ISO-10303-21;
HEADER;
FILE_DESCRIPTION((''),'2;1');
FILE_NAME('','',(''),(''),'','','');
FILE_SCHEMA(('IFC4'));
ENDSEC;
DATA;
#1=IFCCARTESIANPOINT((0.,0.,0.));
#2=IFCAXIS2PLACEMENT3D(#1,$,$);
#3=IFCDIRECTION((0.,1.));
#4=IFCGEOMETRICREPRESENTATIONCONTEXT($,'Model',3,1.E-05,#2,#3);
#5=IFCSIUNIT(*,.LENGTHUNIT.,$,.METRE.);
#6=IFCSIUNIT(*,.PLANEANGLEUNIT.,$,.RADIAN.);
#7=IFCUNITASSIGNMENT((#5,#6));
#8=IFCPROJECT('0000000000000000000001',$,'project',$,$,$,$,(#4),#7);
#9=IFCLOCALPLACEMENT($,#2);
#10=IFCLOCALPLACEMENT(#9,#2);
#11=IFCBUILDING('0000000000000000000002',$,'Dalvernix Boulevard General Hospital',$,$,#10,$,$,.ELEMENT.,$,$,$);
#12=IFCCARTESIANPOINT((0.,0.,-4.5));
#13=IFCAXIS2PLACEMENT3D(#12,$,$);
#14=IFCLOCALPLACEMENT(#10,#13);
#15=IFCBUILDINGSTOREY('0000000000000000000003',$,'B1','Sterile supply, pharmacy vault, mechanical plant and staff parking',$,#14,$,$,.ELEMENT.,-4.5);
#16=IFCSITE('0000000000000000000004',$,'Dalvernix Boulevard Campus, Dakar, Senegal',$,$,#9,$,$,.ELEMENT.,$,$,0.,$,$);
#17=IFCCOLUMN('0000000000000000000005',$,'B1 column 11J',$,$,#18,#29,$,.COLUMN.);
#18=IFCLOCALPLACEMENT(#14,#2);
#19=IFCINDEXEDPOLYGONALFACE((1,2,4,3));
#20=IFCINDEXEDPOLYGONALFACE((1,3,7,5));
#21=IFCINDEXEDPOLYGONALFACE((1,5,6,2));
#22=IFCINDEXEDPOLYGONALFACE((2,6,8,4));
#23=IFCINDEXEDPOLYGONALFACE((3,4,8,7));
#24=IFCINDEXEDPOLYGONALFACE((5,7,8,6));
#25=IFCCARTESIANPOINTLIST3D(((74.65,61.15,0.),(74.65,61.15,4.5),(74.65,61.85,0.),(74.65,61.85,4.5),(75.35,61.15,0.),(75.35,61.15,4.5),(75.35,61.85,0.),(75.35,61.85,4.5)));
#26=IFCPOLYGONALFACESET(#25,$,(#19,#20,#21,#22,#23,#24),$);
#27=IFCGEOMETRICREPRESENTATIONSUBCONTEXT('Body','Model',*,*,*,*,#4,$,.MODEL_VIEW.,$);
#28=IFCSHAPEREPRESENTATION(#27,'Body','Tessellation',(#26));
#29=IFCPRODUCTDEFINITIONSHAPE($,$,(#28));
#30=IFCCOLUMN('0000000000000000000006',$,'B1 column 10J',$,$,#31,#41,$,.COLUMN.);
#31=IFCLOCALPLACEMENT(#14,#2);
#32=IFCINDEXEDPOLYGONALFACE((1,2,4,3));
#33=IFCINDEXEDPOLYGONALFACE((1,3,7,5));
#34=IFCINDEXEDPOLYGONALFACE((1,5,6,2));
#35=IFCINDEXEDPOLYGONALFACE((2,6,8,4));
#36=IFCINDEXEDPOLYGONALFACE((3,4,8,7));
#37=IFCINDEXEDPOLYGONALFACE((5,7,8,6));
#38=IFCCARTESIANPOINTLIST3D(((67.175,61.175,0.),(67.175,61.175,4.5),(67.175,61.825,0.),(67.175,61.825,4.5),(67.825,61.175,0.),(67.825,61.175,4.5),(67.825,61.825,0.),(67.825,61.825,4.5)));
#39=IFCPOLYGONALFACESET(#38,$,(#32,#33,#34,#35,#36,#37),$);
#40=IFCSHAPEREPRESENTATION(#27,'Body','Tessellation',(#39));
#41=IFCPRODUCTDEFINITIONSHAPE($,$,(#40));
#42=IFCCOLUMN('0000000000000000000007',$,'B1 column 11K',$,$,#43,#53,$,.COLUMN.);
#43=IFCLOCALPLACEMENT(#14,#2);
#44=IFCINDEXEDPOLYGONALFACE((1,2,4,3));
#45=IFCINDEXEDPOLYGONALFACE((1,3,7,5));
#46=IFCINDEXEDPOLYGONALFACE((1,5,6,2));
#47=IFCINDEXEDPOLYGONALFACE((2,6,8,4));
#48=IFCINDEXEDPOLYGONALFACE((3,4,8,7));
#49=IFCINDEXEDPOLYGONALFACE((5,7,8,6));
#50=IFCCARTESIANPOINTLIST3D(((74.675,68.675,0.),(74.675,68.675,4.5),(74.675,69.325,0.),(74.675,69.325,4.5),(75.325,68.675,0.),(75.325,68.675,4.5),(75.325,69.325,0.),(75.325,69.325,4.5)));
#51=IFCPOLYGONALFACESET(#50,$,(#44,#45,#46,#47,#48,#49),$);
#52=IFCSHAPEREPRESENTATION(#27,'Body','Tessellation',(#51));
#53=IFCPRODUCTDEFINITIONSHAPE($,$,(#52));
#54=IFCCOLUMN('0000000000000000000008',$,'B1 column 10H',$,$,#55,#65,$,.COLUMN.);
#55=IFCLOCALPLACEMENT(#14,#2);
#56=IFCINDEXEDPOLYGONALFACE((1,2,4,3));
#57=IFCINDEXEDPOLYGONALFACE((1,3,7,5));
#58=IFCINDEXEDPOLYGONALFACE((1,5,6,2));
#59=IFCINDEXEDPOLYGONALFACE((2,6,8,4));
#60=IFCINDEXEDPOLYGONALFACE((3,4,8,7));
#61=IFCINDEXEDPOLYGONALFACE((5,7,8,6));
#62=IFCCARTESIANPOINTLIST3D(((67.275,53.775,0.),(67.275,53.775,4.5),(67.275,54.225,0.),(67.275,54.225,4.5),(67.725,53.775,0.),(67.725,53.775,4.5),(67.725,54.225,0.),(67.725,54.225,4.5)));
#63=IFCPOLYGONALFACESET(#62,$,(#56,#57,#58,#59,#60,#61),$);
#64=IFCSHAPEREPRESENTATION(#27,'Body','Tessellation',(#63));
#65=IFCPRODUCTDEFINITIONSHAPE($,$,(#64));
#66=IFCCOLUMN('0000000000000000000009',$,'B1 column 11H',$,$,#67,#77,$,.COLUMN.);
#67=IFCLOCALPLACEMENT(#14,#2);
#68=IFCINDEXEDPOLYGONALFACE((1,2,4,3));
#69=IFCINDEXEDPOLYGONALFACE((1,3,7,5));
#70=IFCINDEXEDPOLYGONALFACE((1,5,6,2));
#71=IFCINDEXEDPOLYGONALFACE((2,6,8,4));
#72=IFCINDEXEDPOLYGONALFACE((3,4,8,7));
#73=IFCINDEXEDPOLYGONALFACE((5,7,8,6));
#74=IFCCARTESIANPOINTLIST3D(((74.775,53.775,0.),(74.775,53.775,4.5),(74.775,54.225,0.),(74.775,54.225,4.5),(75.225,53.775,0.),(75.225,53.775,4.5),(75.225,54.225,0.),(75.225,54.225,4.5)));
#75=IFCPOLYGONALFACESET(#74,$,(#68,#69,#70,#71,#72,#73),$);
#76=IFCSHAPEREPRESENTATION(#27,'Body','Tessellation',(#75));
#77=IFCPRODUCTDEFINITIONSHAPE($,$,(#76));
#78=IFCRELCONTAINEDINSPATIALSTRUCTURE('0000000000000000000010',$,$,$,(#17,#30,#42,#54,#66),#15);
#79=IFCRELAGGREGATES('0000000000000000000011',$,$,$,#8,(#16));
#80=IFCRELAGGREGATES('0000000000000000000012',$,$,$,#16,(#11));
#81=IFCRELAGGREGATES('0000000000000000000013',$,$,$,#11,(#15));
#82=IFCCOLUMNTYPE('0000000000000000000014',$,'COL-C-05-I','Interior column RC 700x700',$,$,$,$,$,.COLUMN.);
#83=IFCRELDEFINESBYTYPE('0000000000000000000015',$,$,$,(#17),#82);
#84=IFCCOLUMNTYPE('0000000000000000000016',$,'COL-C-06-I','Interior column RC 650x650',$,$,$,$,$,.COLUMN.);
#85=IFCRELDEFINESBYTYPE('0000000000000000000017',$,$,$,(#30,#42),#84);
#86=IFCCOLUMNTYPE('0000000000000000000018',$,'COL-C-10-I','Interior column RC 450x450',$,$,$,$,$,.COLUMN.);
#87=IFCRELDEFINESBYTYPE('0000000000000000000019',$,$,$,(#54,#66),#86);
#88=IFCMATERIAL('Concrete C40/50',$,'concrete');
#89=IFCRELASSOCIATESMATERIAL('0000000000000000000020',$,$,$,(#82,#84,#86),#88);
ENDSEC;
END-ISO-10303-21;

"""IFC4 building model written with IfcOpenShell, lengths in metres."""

from ifc_helpers import new_model, si_unit, direction, frame, origin, origin_2d, place, context, subcontext, project, spatial, rectangle, extrude, material, material_profile, profile_set, type_object, element, save


model = new_model("IFC4")

# Units and contexts
model_context = context("Model", 3, precision=1e-05, world=origin(), true_north=direction((0.0, 1.0)))
body_context = subcontext(model_context, "Body", "Model", "MODEL_VIEW")
ifc_project = project(units=[si_unit("LENGTHUNIT", "METRE"), si_unit("PLANEANGLEUNIT", "RADIAN")], contexts=[model_context])

# Site, building, storey
site_placement = place(None, origin())
site = spatial("IfcSite", under=ifc_project, at=site_placement, Name="Dalvernix Boulevard Campus, Dakar, Senegal", CompositionType="ELEMENT", RefElevation=0.0)
building_placement = place(site_placement, origin())
building = spatial("IfcBuilding", under=site, at=building_placement, Name="Dalvernix Boulevard General Hospital", CompositionType="ELEMENT")
storey_placement = place(building_placement, frame((0.0, 0.0, -4.5)))
storey = spatial("IfcBuildingStorey", under=building, at=storey_placement, Name="B1", Description="Sterile supply, pharmacy vault, mechanical plant and staff parking", CompositionType="ELEMENT", Elevation=-4.5)

# Shared definitions
ifc_material_1 = material(Name="Concrete C40/50", Category="concrete")

# Columns
ifc_material_profile_1 = material_profile(ifc_material_1, rectangle(XDim=0.7, YDim=0.7, at=origin_2d()), Name="RC 700x700")
ifc_profile_set_1 = profile_set([ifc_material_profile_1], Name="Concrete C40/50")
column_type_1 = type_object("IfcColumnType", Name="COL-C-05-I", Description="Interior column RC 700x700", PredefinedType="COLUMN", material=ifc_profile_set_1)
for number, where, z_axis, x_axis, name in (
    (1, (75.0, 61.5, 0.0), (0.0, 0.0, 1.0), (1.0, 0.0, 0.0), "B1 column 11J"),
):
    element("IfcColumn", number, at=place(storey_placement, frame(where, z_axis=z_axis, x_axis=x_axis)), inside=storey, type_object=column_type_1, Name=name, PredefinedType="COLUMN", context=body_context, shape_type="SweptSolid", body=[
        extrude(rectangle(XDim=0.7, YDim=0.7, at=origin_2d()), origin(), (0.0, 0.0, 1.0), 4.5),
    ])
ifc_material_profile_2 = material_profile(ifc_material_1, rectangle(XDim=0.6499, YDim=0.6499, at=origin_2d()), Name="RC 650x650")
ifc_profile_set_2 = profile_set([ifc_material_profile_2], Name="Concrete C40/50")
column_type_2 = type_object("IfcColumnType", Name="COL-C-06-I", Description="Interior column RC 650x650", PredefinedType="COLUMN", material=ifc_profile_set_2)
for number, where, z_axis, x_axis, name in (
    (2, (67.5, 61.5, 0.0), (0.0, 0.0, 1.0), (1.0, 0.0, 0.0), "B1 column 10J"),
    (3, (75.0, 69.0, 0.0), (0.0, 0.0, 1.0), (1.0, 0.0, 0.0), "B1 column 11K"),
):
    element("IfcColumn", number, at=place(storey_placement, frame(where, z_axis=z_axis, x_axis=x_axis)), inside=storey, type_object=column_type_2, Name=name, PredefinedType="COLUMN", context=body_context, shape_type="SweptSolid", body=[
        extrude(rectangle(XDim=0.6499, YDim=0.6499, at=origin_2d()), origin(), (0.0, 0.0, 1.0), 4.5),
    ])
ifc_material_profile_3 = material_profile(ifc_material_1, rectangle(XDim=0.45, YDim=0.45, at=origin_2d()), Name="RC 450x450")
ifc_profile_set_3 = profile_set([ifc_material_profile_3], Name="Concrete C40/50")
column_type_3 = type_object("IfcColumnType", Name="COL-C-10-I", Description="Interior column RC 450x450", PredefinedType="COLUMN", material=ifc_profile_set_3)
for number, where, z_axis, x_axis, name in (
    (4, (67.5, 54.0, 0.0), (0.0, 0.0, 1.0), (1.0, 0.0, 0.0), "B1 column 10H"),
    (5, (75.0, 54.0, 0.0), (0.0, 0.0, 1.0), (1.0, 0.0, 0.0), "B1 column 11H"),
):
    element("IfcColumn", number, at=place(storey_placement, frame(where, z_axis=z_axis, x_axis=x_axis)), inside=storey, type_object=column_type_3, Name=name, PredefinedType="COLUMN", context=body_context, shape_type="SweptSolid", body=[
        extrude(rectangle(XDim=0.45, YDim=0.45, at=origin_2d()), origin(), (0.0, 0.0, 1.0), 4.5),
    ])

save(model, "model.ifc")
